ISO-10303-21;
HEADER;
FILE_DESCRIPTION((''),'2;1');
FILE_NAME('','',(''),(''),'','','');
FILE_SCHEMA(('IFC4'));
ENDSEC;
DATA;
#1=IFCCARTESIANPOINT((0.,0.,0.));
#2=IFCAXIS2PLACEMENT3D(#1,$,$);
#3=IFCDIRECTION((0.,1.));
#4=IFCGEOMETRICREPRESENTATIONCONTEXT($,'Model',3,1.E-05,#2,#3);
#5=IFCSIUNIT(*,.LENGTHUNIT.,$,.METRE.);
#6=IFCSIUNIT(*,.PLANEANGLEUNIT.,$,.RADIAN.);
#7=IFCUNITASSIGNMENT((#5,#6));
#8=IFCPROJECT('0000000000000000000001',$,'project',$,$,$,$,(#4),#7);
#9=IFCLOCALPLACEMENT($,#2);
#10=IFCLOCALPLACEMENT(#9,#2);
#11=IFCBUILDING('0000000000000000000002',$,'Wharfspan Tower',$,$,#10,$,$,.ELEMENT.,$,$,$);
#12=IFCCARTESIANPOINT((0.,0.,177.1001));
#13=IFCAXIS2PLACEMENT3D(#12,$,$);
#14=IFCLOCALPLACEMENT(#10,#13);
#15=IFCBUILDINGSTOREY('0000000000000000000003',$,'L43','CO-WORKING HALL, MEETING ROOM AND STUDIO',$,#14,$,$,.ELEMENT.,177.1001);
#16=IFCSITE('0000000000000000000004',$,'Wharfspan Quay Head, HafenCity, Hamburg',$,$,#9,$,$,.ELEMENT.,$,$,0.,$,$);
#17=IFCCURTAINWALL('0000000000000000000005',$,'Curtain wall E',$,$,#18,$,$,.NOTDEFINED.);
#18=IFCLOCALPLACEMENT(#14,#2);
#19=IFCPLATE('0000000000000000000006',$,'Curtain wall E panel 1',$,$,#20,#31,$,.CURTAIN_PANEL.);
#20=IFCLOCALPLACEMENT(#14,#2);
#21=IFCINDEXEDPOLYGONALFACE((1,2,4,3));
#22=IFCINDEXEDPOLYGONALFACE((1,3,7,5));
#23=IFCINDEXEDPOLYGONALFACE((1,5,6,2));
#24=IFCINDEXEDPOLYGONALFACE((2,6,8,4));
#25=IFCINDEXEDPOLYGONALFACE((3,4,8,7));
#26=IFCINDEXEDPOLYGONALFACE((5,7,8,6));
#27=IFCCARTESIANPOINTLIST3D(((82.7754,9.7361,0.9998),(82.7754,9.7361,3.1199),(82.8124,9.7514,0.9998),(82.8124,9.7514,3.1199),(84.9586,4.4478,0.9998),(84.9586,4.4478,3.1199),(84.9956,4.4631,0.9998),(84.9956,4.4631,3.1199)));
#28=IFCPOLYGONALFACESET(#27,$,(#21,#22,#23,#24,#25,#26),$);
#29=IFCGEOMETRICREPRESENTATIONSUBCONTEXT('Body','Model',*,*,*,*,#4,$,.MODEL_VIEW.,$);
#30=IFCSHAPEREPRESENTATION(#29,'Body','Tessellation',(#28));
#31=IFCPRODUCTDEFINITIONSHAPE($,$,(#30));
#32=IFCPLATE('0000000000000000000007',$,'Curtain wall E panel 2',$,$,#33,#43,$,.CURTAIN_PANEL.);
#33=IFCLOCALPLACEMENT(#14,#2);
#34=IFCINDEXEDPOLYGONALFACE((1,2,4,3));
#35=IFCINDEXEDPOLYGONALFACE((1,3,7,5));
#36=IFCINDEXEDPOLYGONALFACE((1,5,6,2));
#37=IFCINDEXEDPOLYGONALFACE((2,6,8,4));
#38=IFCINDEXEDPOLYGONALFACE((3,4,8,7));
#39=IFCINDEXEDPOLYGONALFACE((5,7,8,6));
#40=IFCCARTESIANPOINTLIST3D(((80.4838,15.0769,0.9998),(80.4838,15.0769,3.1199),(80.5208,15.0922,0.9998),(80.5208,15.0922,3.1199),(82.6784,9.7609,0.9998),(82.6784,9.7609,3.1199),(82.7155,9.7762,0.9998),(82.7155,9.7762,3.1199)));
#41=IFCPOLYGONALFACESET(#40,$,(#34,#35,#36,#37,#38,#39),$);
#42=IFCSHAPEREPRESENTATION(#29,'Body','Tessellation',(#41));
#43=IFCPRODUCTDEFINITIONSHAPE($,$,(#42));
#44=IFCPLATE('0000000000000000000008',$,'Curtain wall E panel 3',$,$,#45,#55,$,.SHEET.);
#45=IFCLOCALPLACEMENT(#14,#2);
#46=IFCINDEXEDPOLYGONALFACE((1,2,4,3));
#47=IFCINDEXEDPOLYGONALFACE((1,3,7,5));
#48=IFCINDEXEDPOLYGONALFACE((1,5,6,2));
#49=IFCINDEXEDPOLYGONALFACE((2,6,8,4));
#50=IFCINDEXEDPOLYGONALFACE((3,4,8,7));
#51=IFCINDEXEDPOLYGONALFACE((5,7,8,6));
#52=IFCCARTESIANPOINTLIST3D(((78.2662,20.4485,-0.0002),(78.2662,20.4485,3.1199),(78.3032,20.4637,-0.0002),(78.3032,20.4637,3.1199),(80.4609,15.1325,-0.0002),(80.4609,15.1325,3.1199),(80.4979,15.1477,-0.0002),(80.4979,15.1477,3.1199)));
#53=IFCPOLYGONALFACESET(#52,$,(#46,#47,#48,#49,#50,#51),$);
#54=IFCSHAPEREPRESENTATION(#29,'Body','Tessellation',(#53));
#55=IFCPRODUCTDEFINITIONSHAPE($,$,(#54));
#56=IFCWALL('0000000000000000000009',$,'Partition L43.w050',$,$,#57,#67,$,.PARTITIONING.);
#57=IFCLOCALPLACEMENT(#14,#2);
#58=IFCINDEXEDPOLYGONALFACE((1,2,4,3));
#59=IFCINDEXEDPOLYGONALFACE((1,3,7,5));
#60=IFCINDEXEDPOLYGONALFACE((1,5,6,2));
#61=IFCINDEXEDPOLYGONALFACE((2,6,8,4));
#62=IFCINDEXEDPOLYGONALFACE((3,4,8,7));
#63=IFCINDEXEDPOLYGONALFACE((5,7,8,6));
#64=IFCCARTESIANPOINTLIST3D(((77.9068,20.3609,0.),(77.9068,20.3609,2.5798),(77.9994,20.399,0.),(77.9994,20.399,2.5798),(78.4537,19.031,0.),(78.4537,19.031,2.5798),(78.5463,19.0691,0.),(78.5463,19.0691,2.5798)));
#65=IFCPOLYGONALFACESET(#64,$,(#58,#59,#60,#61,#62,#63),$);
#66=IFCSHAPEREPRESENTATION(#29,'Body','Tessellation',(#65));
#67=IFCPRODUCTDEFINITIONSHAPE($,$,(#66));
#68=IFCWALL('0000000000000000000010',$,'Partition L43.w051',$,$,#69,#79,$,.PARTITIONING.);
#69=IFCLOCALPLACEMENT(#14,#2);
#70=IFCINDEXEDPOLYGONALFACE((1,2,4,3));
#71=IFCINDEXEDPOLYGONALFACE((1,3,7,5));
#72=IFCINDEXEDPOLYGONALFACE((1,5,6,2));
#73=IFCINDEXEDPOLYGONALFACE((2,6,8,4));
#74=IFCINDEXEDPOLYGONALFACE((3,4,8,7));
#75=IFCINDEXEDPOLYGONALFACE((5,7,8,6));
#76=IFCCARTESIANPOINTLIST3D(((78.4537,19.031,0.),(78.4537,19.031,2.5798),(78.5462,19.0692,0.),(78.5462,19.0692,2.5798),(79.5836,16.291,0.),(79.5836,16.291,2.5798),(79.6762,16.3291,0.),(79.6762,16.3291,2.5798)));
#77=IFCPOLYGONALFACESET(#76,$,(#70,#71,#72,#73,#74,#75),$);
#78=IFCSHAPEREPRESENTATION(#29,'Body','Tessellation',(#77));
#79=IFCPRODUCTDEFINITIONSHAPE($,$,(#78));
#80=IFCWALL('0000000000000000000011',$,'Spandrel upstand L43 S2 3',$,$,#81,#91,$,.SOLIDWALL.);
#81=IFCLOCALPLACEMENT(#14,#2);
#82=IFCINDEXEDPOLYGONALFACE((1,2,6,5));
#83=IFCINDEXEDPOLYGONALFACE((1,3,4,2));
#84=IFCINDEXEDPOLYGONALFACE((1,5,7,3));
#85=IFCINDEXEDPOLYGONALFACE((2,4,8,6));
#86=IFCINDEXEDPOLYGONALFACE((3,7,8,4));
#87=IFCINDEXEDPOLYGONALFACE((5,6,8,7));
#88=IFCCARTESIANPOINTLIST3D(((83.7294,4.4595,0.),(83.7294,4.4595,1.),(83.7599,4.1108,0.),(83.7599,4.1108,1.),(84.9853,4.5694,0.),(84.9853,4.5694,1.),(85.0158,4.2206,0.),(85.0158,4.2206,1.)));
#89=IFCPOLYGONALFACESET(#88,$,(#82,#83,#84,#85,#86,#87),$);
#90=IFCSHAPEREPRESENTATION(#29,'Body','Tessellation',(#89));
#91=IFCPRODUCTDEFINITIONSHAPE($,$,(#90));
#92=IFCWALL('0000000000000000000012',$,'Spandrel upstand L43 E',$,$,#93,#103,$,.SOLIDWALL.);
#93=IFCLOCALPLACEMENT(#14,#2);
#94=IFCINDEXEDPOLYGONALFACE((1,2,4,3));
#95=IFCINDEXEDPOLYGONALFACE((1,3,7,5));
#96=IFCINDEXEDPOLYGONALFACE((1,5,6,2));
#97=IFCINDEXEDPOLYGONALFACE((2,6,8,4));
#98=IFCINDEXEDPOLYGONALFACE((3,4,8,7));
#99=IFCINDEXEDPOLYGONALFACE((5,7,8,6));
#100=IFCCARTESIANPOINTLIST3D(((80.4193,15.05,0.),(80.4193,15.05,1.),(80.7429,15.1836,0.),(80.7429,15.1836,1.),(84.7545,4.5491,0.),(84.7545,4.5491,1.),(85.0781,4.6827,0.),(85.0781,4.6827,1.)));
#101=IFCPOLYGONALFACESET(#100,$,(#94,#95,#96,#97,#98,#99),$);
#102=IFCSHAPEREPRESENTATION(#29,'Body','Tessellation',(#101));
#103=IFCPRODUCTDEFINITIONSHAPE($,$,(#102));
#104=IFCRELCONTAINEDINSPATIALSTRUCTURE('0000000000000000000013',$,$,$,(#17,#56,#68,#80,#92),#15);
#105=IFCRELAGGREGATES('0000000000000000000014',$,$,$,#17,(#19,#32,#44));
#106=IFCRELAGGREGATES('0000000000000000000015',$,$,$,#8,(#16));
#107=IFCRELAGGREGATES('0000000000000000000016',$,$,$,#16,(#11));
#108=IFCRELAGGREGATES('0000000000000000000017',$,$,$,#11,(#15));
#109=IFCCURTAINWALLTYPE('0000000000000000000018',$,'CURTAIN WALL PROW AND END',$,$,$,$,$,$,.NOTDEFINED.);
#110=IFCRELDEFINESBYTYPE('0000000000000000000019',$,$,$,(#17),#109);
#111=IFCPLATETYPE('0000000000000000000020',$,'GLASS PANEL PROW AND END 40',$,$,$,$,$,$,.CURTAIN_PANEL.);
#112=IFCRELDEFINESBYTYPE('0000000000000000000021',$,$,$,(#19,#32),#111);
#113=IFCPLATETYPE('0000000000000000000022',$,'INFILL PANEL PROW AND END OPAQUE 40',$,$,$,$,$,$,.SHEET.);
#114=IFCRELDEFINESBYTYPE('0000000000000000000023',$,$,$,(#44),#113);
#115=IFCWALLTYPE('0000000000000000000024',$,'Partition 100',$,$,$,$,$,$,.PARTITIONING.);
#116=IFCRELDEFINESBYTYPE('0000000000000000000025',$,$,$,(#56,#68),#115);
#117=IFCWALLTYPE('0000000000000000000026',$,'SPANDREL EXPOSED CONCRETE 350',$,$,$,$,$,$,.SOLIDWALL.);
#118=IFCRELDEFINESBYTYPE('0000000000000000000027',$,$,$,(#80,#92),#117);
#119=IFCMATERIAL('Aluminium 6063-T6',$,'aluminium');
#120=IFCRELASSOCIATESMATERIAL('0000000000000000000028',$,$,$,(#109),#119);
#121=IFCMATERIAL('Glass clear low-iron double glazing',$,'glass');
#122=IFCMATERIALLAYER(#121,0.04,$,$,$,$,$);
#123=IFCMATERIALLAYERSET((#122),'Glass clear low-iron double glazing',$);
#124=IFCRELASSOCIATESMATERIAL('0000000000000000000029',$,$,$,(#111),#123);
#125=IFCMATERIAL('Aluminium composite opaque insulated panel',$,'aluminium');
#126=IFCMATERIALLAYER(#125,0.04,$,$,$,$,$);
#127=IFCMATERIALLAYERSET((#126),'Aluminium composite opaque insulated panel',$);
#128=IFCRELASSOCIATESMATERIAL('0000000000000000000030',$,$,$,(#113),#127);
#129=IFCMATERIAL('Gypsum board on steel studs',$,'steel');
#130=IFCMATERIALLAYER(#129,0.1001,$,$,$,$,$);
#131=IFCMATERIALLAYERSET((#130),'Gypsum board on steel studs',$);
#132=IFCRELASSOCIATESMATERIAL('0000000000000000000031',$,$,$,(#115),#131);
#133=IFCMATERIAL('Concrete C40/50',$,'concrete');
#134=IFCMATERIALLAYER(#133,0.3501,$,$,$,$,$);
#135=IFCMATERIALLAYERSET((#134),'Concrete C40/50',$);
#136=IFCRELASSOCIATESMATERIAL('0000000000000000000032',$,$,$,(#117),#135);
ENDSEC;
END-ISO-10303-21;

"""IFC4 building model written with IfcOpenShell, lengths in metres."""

from ifc_helpers import new_model, si_unit, direction, frame, frame_2d, origin, origin_2d, place, context, subcontext, project, spatial, rectangle, extrude, material, layer, layer_set, type_object, element, aggregate, save


model = new_model("IFC4")

# Units and contexts
model_context = context("Model", 3, precision=1e-05, world=origin(), true_north=direction((0.0, 1.0)))
body_context = subcontext(model_context, "Body", "Model", "MODEL_VIEW")
ifc_project = project(units=[si_unit("LENGTHUNIT", "METRE"), si_unit("PLANEANGLEUNIT", "RADIAN")], contexts=[model_context])

# Site, building, storey
site_placement = place(None, origin())
site = spatial("IfcSite", under=ifc_project, at=site_placement, Name="Wharfspan Quay Head, HafenCity, Hamburg", CompositionType="ELEMENT", RefElevation=0.0)
building_placement = place(site_placement, origin())
building = spatial("IfcBuilding", under=site, at=building_placement, Name="Wharfspan Tower", CompositionType="ELEMENT")
storey_placement = place(building_placement, frame((0.0, 0.0, 177.1001)))
storey = spatial("IfcBuildingStorey", under=building, at=storey_placement, Name="L43", Description="CO-WORKING HALL, MEETING ROOM AND STUDIO", CompositionType="ELEMENT", Elevation=177.1001)

# Curtain wall
ifc_material_1 = material(Name="Aluminium 6063-T6", Category="aluminium")
curtain_wall_type_1 = type_object("IfcCurtainWallType", Name="CURTAIN WALL PROW AND END", PredefinedType="NOTDEFINED", material=ifc_material_1)
curtain_wall_1_placement = place(storey_placement, origin())
curtain_wall_1 = element("IfcCurtainWall", 1, at=curtain_wall_1_placement, inside=storey, type_object=curtain_wall_type_1, Name="Curtain wall E", PredefinedType="NOTDEFINED")

# Plates
ifc_material_2 = material(Name="Glass clear low-iron double glazing", Category="glass")
ifc_layer_1 = layer(ifc_material_2, 0.04)
ifc_layer_set_1 = layer_set([ifc_layer_1], Name="Glass clear low-iron double glazing")
plate_type_1 = type_object("IfcPlateType", Name="GLASS PANEL PROW AND END 40", PredefinedType="CURTAIN_PANEL", material=ifc_layer_set_1)
plate_1_placement = place(storey_placement, frame((83.8855, 7.0996, 0.9998), z_axis=(0.0, 0.0, 1.0), x_axis=(-0.381602, 0.924325, 0.0)))
plate_1 = element("IfcPlate", 2, at=plate_1_placement, type_object=plate_type_1, Name="Curtain wall E panel 1", PredefinedType="CURTAIN_PANEL", context=body_context, shape_type="SweptSolid", body=[
    extrude(rectangle(XDim=5.7212, YDim=0.04, at=origin_2d()), origin(), (0.0, 0.0, 1.0), 2.1201),
])
plate_2_placement = place(storey_placement, frame((81.5996, 12.4265, 0.9998), z_axis=(0.0, 0.0, 1.0), x_axis=(-0.381602, 0.924325, 0.0)))
plate_2 = element("IfcPlate", 3, at=plate_2_placement, type_object=plate_type_1, Name="Curtain wall E panel 2", PredefinedType="CURTAIN_PANEL", context=body_context, shape_type="SweptSolid", body=[
    extrude(rectangle(XDim=5.7512, YDim=0.04, at=origin_2d()), origin(), (0.0, 0.0, 1.0), 2.1201),
])
ifc_material_3 = material(Name="Aluminium composite opaque insulated panel", Category="aluminium")
ifc_layer_2 = layer(ifc_material_3, 0.04)
ifc_layer_set_2 = layer_set([ifc_layer_2], Name="Aluminium composite opaque insulated panel")
plate_type_2 = type_object("IfcPlateType", Name="INFILL PANEL PROW AND END OPAQUE 40", PredefinedType="SHEET", material=ifc_layer_set_2)
plate_3_placement = place(storey_placement, frame((79.3821, 17.7981, -0.0002), z_axis=(0.0, 0.0, 1.0), x_axis=(-0.381602, 0.924325, 0.0)))
plate_3 = element("IfcPlate", 4, at=plate_3_placement, type_object=plate_type_2, Name="Curtain wall E panel 3", PredefinedType="SHEET", context=body_context, shape_type="SweptSolid", body=[
    extrude(rectangle(XDim=5.7512, YDim=0.04, at=origin_2d()), origin(), (0.0, 0.0, 1.0), 3.1201),
])
aggregate(curtain_wall_1, [plate_1, plate_2, plate_3])

# Walls
ifc_material_4 = material(Name="Gypsum board on steel studs", Category="steel")
ifc_layer_3 = layer(ifc_material_4, 0.1001)
ifc_layer_set_3 = layer_set([ifc_layer_3], Name="Gypsum board on steel studs")
wall_type_1 = type_object("IfcWallType", Name="Partition 100", PredefinedType="PARTITIONING", material=ifc_layer_set_3)
wall_1_placement = place(storey_placement, frame((78.5, 19.05, 0.0), z_axis=(0.0, 0.0, 1.0), x_axis=(-0.380332, 0.924852, 0.0)))
element("IfcWall", 5, at=wall_1_placement, inside=storey, type_object=wall_type_1, Name="Partition L43.w050", PredefinedType="PARTITIONING", context=body_context, shape_type="SweptSolid", body=[
    extrude(rectangle(XDim=1.438, YDim=0.1001, at=frame_2d((0.719, 0.0))), origin(), (0.0, 0.0, 1.0), 2.5798),
])
wall_2_placement = place(storey_placement, frame((79.6299, 16.3101, 0.0), z_axis=(0.0, 0.0, 1.0), x_axis=(-0.381225, 0.924479, 0.0)))
element("IfcWall", 6, at=wall_2_placement, inside=storey, type_object=wall_type_1, Name="Partition L43.w051", PredefinedType="PARTITIONING", context=body_context, shape_type="SweptSolid", body=[
    extrude(rectangle(XDim=2.9639, YDim=0.1001, at=frame_2d((1.4819, 0.0))), origin(), (0.0, 0.0, 1.0), 2.5798),
])
ifc_material_5 = material(Name="Concrete C40/50", Category="concrete")
ifc_layer_4 = layer(ifc_material_5, 0.3501)
ifc_layer_set_4 = layer_set([ifc_layer_4], Name="Concrete C40/50")
wall_type_2 = type_object("IfcWallType", Name="SPANDREL EXPOSED CONCRETE 350", PredefinedType="SOLIDWALL", material=ifc_layer_set_4)
wall_3_placement = place(storey_placement, frame((83.7446, 4.2852, 0.0), z_axis=(0.0, 0.0, 1.0), x_axis=(0.996198, 0.087148, 0.0)))
element("IfcWall", 7, at=wall_3_placement, inside=storey, type_object=wall_type_2, Name="Spandrel upstand L43 S2 3", PredefinedType="SOLIDWALL", context=body_context, shape_type="SweptSolid", body=[
    extrude(rectangle(XDim=1.2607, YDim=0.3501, at=frame_2d((0.6304, 0.0))), origin(), (0.0, 0.0, 1.0), 1.0),
])
wall_4_placement = place(storey_placement, frame((84.9163, 4.616, 0.0), z_axis=(0.0, 0.0, 1.0), x_axis=(-0.381598, 0.924328, 0.0)))
element("IfcWall", 8, at=wall_4_placement, inside=storey, type_object=wall_type_2, Name="Spandrel upstand L43 E", PredefinedType="SOLIDWALL", context=body_context, shape_type="SweptSolid", body=[
    extrude(rectangle(XDim=11.3606, YDim=0.3501, at=frame_2d((5.6802, 0.0))), origin(), (0.0, 0.0, 1.0), 1.0),
])

save(model, "model.ifc")
